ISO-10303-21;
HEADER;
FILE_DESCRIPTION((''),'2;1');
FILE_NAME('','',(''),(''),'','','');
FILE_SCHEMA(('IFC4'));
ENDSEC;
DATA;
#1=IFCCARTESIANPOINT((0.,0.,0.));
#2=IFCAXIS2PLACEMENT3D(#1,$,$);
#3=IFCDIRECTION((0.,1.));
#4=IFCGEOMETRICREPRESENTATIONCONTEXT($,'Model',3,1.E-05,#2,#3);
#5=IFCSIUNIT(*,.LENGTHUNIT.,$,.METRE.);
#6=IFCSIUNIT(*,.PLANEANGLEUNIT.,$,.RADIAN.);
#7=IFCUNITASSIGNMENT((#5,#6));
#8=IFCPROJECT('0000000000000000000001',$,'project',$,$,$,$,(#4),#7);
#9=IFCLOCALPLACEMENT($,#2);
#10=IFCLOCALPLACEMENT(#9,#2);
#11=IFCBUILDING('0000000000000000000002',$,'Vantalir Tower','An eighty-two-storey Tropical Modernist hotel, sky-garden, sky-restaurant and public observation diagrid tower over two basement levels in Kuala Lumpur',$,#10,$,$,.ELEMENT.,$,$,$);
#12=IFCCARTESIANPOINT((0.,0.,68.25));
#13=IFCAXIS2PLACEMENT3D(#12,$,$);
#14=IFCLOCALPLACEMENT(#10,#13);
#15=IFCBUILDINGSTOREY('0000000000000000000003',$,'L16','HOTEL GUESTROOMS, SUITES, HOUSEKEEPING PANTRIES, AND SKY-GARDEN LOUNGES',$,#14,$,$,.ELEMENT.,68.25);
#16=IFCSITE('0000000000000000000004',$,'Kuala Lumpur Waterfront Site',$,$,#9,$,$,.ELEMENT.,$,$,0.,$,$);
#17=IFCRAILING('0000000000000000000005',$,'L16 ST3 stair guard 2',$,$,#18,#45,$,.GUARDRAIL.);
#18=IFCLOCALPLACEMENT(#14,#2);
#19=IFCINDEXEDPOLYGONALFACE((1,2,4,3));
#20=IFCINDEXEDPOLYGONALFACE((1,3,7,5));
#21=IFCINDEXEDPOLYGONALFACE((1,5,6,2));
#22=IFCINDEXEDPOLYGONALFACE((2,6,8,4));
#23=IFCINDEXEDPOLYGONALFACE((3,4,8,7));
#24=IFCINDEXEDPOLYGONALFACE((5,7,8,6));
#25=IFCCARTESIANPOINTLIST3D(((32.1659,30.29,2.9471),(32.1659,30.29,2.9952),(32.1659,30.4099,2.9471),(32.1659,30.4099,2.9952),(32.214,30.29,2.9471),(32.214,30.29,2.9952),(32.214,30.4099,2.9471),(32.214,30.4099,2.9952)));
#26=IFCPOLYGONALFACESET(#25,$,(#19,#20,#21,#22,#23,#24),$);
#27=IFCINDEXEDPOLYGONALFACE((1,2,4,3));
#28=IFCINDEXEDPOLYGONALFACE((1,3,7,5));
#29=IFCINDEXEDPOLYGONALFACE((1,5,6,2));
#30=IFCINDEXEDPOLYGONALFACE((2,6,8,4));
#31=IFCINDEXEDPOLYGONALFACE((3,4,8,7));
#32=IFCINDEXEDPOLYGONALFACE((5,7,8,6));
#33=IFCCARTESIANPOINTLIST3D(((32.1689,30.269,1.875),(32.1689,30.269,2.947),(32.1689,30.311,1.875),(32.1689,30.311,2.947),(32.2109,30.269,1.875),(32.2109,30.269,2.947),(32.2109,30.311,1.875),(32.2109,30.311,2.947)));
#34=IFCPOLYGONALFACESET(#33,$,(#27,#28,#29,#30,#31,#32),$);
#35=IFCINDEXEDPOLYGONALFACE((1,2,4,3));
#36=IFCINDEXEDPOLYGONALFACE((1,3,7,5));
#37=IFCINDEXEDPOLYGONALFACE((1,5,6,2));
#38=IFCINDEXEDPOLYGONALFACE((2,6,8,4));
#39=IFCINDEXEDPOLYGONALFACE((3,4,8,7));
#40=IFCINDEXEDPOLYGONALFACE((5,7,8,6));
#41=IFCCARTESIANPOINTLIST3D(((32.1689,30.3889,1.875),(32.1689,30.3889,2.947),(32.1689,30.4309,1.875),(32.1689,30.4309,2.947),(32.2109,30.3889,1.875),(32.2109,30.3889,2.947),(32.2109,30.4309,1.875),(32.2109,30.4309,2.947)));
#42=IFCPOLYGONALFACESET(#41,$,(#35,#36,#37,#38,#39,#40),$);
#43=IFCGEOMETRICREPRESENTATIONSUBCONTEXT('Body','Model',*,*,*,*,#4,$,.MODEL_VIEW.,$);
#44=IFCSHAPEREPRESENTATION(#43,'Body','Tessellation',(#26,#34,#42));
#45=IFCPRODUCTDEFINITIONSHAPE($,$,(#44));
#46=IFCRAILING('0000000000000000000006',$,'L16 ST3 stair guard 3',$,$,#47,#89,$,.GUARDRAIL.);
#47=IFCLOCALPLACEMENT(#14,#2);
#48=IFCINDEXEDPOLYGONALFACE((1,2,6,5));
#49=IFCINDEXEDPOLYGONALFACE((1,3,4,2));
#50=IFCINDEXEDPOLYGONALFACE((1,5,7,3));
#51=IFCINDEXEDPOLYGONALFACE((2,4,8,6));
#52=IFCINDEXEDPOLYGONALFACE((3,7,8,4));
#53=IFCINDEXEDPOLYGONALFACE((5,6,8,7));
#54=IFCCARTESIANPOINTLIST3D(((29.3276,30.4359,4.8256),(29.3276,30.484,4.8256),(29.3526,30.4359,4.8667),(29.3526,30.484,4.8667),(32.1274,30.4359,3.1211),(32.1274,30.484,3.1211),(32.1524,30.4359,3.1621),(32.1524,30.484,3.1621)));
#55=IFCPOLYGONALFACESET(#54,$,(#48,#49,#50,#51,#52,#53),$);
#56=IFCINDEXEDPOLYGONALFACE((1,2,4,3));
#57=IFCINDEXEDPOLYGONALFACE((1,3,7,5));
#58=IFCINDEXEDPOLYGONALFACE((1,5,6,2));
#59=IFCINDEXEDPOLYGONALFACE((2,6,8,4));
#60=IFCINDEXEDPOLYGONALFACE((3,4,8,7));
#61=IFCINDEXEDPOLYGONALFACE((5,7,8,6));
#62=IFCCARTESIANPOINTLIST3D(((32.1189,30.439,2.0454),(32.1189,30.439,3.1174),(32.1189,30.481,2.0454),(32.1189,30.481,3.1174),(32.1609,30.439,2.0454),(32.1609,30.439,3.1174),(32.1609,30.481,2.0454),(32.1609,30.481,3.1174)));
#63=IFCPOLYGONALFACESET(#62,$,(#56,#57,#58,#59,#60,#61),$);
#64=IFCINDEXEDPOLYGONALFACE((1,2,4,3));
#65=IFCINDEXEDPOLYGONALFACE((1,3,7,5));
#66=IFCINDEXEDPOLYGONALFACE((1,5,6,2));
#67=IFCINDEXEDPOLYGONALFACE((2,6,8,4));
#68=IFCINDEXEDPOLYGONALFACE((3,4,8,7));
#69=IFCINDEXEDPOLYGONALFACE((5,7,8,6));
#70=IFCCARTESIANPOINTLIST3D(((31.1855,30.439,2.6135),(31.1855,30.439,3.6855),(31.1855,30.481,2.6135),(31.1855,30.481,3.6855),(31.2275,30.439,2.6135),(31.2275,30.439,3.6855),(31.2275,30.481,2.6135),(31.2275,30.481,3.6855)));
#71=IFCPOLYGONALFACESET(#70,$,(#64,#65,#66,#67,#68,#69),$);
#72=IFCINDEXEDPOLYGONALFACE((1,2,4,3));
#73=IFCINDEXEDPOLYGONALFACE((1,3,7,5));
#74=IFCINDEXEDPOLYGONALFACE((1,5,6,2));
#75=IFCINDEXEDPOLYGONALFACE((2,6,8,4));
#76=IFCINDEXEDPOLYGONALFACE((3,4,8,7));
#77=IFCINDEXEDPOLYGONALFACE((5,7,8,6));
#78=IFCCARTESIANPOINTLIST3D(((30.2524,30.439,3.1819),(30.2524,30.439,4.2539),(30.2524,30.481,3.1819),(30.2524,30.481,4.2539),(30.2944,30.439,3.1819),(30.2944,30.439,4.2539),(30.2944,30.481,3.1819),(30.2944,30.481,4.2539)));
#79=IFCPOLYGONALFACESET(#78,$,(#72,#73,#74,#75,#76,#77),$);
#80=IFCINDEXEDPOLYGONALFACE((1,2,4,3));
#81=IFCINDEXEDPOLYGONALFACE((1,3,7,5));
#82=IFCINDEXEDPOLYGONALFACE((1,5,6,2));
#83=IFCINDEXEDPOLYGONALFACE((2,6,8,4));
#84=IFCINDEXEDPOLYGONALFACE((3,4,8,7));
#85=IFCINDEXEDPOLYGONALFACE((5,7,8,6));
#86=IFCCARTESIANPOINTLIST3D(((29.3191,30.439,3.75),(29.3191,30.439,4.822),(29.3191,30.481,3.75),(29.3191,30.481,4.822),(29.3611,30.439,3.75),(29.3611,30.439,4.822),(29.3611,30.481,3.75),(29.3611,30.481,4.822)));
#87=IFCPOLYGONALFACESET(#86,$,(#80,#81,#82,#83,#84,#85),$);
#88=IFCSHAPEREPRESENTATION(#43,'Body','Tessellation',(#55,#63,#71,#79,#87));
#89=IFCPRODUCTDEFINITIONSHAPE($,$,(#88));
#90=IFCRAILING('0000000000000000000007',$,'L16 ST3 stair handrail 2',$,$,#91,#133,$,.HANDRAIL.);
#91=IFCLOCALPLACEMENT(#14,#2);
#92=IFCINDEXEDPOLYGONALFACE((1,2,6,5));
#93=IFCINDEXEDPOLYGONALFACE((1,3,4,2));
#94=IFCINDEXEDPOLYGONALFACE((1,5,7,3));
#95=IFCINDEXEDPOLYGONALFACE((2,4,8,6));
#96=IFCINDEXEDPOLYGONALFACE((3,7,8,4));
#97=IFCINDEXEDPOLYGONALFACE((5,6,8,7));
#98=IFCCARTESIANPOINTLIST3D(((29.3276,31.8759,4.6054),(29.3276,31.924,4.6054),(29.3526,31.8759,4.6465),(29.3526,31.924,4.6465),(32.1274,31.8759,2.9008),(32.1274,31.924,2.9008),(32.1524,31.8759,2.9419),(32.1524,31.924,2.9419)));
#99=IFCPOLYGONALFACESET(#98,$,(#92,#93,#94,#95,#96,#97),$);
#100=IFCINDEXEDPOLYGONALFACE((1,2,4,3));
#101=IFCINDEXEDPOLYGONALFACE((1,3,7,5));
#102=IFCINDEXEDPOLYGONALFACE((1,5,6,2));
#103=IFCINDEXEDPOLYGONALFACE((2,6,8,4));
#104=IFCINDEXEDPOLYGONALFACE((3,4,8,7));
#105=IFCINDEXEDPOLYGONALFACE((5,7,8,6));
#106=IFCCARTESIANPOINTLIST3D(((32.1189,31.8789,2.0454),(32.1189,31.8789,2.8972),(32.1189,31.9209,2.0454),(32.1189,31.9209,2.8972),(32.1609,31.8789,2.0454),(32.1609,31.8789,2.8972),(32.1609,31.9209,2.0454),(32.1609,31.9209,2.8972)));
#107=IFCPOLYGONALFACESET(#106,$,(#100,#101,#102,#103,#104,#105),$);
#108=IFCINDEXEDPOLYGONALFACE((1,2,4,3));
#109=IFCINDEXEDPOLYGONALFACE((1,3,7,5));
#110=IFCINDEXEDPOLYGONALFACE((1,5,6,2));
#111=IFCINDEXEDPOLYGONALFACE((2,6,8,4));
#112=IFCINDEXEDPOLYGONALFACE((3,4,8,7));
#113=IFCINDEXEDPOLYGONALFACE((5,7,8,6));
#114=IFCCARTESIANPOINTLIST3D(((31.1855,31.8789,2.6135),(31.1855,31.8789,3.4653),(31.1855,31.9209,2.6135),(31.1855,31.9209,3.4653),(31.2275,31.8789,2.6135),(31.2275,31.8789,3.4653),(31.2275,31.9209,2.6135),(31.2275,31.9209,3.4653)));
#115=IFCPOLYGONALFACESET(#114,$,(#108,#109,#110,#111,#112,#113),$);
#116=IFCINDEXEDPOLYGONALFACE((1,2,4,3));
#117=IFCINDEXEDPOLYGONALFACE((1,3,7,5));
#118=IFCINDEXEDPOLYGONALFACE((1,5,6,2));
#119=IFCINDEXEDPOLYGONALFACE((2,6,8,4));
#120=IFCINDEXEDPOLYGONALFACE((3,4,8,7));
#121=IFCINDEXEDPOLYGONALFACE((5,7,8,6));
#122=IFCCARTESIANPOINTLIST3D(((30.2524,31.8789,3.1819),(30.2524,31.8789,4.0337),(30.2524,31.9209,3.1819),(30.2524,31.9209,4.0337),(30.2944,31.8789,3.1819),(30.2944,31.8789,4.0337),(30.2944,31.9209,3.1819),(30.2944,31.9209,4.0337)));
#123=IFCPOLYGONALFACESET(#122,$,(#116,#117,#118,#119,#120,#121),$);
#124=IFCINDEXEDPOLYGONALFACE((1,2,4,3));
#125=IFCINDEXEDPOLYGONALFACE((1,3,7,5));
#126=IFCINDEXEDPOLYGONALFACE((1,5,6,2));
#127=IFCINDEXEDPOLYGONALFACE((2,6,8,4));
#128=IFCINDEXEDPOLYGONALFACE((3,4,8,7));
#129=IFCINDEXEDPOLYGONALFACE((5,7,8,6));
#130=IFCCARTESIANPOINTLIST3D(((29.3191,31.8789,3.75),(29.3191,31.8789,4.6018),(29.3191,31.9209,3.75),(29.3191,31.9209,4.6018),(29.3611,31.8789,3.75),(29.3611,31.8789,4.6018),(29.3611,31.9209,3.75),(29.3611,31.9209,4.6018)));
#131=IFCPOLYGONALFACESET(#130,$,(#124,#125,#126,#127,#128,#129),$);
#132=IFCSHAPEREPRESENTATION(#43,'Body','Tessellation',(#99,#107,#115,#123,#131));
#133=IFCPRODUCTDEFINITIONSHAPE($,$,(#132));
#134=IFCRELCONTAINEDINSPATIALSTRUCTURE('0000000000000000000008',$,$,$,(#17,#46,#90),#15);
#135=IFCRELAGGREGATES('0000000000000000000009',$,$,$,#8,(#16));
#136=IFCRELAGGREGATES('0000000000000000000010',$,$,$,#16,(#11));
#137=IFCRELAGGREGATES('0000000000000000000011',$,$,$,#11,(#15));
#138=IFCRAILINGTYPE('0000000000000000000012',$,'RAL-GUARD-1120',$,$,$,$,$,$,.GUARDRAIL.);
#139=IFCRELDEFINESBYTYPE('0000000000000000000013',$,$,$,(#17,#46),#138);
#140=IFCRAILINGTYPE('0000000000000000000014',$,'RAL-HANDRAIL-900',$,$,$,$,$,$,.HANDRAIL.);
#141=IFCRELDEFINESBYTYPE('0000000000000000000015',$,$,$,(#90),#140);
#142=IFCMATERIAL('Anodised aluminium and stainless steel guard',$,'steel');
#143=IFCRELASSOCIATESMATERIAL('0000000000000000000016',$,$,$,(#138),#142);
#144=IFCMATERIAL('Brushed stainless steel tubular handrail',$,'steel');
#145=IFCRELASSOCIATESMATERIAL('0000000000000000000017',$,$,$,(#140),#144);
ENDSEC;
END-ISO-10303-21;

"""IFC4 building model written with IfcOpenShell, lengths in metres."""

from ifc_helpers import new_model, si_unit, direction, frame, origin, origin_2d, place, context, subcontext, project, spatial, rectangle, extrude, material, type_object, element, save


model = new_model("IFC4")

# Units and contexts
model_context = context("Model", 3, precision=1e-05, world=origin(), true_north=direction((0.0, 1.0)))
body_context = subcontext(model_context, "Body", "Model", "MODEL_VIEW")
ifc_project = project(units=[si_unit("LENGTHUNIT", "METRE"), si_unit("PLANEANGLEUNIT", "RADIAN")], contexts=[model_context])

# Site, building, storey
site_placement = place(None, origin())
site = spatial("IfcSite", under=ifc_project, at=site_placement, Name="Kuala Lumpur Waterfront Site", CompositionType="ELEMENT", RefElevation=0.0)
building_placement = place(site_placement, origin())
building = spatial("IfcBuilding", under=site, at=building_placement, Name="Vantalir Tower", Description="An eighty-two-storey Tropical Modernist hotel, sky-garden, sky-restaurant and public observation diagrid tower over two basement levels in Kuala Lumpur", CompositionType="ELEMENT")
storey_placement = place(building_placement, frame((0.0, 0.0, 68.25)))
storey = spatial("IfcBuildingStorey", under=building, at=storey_placement, Name="L16", Description="HOTEL GUESTROOMS, SUITES, HOUSEKEEPING PANTRIES, AND SKY-GARDEN LOUNGES", CompositionType="ELEMENT", Elevation=68.25)

# Railings
ifc_material_1 = material(Name="Anodised aluminium and stainless steel guard", Category="steel")
railing_type_1 = type_object("IfcRailingType", Name="RAL-GUARD-1120", PredefinedType="GUARDRAIL", material=ifc_material_1)
railing_1_placement = place(storey_placement, frame((32.1899, 30.29, 1.875)))
element("IfcRailing", 1, at=railing_1_placement, inside=storey, type_object=railing_type_1, Name="L16 ST3 stair guard 2", PredefinedType="GUARDRAIL", context=body_context, shape_type="SweptSolid", body=[
    extrude(rectangle(XDim=0.0481, YDim=0.0481, at=origin_2d()), frame((0.0, 0.0, 1.0962), z_axis=(0.0, 1.0, 0.0), x_axis=(-1.0, 0.0, 0.0)), (0.0, 0.0, 1.0), 0.1199),
    extrude(rectangle(XDim=0.042, YDim=0.042, at=origin_2d()), origin(), (0.0, 0.0, 1.0), 1.072),
    extrude(rectangle(XDim=0.042, YDim=0.042, at=origin_2d()), frame((0.0, 0.1199, 0.0)), (0.0, 0.0, 1.0), 1.072),
])
railing_2_placement = place(storey_placement, frame((32.1399, 30.46, 2.0454)))
element("IfcRailing", 2, at=railing_2_placement, inside=storey, type_object=railing_type_1, Name="L16 ST3 stair guard 3", PredefinedType="GUARDRAIL", context=body_context, shape_type="SweptSolid", body=[
    extrude(rectangle(XDim=0.0481, YDim=0.0481, at=origin_2d()), frame((0.0, 0.0, 1.0962), z_axis=(-0.85415, 0.0, 0.520027), x_axis=(0.0, -1.0, 0.0)), (0.0, 0.0, 1.0), 3.2778),
    extrude(rectangle(XDim=0.042, YDim=0.042, at=origin_2d()), origin(), (0.0, 0.0, 1.0), 1.072),
    extrude(rectangle(XDim=0.042, YDim=0.042, at=origin_2d()), frame((-0.9333, 0.0, 0.5681)), (0.0, 0.0, 1.0), 1.072),
    extrude(rectangle(XDim=0.042, YDim=0.042, at=origin_2d()), frame((-1.8665, 0.0, 1.1365)), (0.0, 0.0, 1.0), 1.072),
    extrude(rectangle(XDim=0.042, YDim=0.042, at=origin_2d()), frame((-2.7998, 0.0, 1.7046)), (0.0, 0.0, 1.0), 1.072),
])
ifc_material_2 = material(Name="Brushed stainless steel tubular handrail", Category="steel")
railing_type_2 = type_object("IfcRailingType", Name="RAL-HANDRAIL-900", PredefinedType="HANDRAIL", material=ifc_material_2)
railing_3_placement = place(storey_placement, frame((32.1399, 31.8999, 2.0454)))
element("IfcRailing", 3, at=railing_3_placement, inside=storey, type_object=railing_type_2, Name="L16 ST3 stair handrail 2", PredefinedType="HANDRAIL", context=body_context, shape_type="SweptSolid", body=[
    extrude(rectangle(XDim=0.0481, YDim=0.0481, at=origin_2d()), frame((0.0, 0.0, 0.876), z_axis=(-0.85415, 0.0, 0.520027), x_axis=(0.0, -1.0, 0.0)), (0.0, 0.0, 1.0), 3.2778),
    extrude(rectangle(XDim=0.042, YDim=0.042, at=origin_2d()), origin(), (0.0, 0.0, 1.0), 0.8518),
    extrude(rectangle(XDim=0.042, YDim=0.042, at=origin_2d()), frame((-0.9333, 0.0, 0.5681)), (0.0, 0.0, 1.0), 0.8518),
    extrude(rectangle(XDim=0.042, YDim=0.042, at=origin_2d()), frame((-1.8665, 0.0, 1.1365)), (0.0, 0.0, 1.0), 0.8518),
    extrude(rectangle(XDim=0.042, YDim=0.042, at=origin_2d()), frame((-2.7998, 0.0, 1.7046)), (0.0, 0.0, 1.0), 0.8518),
])

save(model, "model.ifc")
